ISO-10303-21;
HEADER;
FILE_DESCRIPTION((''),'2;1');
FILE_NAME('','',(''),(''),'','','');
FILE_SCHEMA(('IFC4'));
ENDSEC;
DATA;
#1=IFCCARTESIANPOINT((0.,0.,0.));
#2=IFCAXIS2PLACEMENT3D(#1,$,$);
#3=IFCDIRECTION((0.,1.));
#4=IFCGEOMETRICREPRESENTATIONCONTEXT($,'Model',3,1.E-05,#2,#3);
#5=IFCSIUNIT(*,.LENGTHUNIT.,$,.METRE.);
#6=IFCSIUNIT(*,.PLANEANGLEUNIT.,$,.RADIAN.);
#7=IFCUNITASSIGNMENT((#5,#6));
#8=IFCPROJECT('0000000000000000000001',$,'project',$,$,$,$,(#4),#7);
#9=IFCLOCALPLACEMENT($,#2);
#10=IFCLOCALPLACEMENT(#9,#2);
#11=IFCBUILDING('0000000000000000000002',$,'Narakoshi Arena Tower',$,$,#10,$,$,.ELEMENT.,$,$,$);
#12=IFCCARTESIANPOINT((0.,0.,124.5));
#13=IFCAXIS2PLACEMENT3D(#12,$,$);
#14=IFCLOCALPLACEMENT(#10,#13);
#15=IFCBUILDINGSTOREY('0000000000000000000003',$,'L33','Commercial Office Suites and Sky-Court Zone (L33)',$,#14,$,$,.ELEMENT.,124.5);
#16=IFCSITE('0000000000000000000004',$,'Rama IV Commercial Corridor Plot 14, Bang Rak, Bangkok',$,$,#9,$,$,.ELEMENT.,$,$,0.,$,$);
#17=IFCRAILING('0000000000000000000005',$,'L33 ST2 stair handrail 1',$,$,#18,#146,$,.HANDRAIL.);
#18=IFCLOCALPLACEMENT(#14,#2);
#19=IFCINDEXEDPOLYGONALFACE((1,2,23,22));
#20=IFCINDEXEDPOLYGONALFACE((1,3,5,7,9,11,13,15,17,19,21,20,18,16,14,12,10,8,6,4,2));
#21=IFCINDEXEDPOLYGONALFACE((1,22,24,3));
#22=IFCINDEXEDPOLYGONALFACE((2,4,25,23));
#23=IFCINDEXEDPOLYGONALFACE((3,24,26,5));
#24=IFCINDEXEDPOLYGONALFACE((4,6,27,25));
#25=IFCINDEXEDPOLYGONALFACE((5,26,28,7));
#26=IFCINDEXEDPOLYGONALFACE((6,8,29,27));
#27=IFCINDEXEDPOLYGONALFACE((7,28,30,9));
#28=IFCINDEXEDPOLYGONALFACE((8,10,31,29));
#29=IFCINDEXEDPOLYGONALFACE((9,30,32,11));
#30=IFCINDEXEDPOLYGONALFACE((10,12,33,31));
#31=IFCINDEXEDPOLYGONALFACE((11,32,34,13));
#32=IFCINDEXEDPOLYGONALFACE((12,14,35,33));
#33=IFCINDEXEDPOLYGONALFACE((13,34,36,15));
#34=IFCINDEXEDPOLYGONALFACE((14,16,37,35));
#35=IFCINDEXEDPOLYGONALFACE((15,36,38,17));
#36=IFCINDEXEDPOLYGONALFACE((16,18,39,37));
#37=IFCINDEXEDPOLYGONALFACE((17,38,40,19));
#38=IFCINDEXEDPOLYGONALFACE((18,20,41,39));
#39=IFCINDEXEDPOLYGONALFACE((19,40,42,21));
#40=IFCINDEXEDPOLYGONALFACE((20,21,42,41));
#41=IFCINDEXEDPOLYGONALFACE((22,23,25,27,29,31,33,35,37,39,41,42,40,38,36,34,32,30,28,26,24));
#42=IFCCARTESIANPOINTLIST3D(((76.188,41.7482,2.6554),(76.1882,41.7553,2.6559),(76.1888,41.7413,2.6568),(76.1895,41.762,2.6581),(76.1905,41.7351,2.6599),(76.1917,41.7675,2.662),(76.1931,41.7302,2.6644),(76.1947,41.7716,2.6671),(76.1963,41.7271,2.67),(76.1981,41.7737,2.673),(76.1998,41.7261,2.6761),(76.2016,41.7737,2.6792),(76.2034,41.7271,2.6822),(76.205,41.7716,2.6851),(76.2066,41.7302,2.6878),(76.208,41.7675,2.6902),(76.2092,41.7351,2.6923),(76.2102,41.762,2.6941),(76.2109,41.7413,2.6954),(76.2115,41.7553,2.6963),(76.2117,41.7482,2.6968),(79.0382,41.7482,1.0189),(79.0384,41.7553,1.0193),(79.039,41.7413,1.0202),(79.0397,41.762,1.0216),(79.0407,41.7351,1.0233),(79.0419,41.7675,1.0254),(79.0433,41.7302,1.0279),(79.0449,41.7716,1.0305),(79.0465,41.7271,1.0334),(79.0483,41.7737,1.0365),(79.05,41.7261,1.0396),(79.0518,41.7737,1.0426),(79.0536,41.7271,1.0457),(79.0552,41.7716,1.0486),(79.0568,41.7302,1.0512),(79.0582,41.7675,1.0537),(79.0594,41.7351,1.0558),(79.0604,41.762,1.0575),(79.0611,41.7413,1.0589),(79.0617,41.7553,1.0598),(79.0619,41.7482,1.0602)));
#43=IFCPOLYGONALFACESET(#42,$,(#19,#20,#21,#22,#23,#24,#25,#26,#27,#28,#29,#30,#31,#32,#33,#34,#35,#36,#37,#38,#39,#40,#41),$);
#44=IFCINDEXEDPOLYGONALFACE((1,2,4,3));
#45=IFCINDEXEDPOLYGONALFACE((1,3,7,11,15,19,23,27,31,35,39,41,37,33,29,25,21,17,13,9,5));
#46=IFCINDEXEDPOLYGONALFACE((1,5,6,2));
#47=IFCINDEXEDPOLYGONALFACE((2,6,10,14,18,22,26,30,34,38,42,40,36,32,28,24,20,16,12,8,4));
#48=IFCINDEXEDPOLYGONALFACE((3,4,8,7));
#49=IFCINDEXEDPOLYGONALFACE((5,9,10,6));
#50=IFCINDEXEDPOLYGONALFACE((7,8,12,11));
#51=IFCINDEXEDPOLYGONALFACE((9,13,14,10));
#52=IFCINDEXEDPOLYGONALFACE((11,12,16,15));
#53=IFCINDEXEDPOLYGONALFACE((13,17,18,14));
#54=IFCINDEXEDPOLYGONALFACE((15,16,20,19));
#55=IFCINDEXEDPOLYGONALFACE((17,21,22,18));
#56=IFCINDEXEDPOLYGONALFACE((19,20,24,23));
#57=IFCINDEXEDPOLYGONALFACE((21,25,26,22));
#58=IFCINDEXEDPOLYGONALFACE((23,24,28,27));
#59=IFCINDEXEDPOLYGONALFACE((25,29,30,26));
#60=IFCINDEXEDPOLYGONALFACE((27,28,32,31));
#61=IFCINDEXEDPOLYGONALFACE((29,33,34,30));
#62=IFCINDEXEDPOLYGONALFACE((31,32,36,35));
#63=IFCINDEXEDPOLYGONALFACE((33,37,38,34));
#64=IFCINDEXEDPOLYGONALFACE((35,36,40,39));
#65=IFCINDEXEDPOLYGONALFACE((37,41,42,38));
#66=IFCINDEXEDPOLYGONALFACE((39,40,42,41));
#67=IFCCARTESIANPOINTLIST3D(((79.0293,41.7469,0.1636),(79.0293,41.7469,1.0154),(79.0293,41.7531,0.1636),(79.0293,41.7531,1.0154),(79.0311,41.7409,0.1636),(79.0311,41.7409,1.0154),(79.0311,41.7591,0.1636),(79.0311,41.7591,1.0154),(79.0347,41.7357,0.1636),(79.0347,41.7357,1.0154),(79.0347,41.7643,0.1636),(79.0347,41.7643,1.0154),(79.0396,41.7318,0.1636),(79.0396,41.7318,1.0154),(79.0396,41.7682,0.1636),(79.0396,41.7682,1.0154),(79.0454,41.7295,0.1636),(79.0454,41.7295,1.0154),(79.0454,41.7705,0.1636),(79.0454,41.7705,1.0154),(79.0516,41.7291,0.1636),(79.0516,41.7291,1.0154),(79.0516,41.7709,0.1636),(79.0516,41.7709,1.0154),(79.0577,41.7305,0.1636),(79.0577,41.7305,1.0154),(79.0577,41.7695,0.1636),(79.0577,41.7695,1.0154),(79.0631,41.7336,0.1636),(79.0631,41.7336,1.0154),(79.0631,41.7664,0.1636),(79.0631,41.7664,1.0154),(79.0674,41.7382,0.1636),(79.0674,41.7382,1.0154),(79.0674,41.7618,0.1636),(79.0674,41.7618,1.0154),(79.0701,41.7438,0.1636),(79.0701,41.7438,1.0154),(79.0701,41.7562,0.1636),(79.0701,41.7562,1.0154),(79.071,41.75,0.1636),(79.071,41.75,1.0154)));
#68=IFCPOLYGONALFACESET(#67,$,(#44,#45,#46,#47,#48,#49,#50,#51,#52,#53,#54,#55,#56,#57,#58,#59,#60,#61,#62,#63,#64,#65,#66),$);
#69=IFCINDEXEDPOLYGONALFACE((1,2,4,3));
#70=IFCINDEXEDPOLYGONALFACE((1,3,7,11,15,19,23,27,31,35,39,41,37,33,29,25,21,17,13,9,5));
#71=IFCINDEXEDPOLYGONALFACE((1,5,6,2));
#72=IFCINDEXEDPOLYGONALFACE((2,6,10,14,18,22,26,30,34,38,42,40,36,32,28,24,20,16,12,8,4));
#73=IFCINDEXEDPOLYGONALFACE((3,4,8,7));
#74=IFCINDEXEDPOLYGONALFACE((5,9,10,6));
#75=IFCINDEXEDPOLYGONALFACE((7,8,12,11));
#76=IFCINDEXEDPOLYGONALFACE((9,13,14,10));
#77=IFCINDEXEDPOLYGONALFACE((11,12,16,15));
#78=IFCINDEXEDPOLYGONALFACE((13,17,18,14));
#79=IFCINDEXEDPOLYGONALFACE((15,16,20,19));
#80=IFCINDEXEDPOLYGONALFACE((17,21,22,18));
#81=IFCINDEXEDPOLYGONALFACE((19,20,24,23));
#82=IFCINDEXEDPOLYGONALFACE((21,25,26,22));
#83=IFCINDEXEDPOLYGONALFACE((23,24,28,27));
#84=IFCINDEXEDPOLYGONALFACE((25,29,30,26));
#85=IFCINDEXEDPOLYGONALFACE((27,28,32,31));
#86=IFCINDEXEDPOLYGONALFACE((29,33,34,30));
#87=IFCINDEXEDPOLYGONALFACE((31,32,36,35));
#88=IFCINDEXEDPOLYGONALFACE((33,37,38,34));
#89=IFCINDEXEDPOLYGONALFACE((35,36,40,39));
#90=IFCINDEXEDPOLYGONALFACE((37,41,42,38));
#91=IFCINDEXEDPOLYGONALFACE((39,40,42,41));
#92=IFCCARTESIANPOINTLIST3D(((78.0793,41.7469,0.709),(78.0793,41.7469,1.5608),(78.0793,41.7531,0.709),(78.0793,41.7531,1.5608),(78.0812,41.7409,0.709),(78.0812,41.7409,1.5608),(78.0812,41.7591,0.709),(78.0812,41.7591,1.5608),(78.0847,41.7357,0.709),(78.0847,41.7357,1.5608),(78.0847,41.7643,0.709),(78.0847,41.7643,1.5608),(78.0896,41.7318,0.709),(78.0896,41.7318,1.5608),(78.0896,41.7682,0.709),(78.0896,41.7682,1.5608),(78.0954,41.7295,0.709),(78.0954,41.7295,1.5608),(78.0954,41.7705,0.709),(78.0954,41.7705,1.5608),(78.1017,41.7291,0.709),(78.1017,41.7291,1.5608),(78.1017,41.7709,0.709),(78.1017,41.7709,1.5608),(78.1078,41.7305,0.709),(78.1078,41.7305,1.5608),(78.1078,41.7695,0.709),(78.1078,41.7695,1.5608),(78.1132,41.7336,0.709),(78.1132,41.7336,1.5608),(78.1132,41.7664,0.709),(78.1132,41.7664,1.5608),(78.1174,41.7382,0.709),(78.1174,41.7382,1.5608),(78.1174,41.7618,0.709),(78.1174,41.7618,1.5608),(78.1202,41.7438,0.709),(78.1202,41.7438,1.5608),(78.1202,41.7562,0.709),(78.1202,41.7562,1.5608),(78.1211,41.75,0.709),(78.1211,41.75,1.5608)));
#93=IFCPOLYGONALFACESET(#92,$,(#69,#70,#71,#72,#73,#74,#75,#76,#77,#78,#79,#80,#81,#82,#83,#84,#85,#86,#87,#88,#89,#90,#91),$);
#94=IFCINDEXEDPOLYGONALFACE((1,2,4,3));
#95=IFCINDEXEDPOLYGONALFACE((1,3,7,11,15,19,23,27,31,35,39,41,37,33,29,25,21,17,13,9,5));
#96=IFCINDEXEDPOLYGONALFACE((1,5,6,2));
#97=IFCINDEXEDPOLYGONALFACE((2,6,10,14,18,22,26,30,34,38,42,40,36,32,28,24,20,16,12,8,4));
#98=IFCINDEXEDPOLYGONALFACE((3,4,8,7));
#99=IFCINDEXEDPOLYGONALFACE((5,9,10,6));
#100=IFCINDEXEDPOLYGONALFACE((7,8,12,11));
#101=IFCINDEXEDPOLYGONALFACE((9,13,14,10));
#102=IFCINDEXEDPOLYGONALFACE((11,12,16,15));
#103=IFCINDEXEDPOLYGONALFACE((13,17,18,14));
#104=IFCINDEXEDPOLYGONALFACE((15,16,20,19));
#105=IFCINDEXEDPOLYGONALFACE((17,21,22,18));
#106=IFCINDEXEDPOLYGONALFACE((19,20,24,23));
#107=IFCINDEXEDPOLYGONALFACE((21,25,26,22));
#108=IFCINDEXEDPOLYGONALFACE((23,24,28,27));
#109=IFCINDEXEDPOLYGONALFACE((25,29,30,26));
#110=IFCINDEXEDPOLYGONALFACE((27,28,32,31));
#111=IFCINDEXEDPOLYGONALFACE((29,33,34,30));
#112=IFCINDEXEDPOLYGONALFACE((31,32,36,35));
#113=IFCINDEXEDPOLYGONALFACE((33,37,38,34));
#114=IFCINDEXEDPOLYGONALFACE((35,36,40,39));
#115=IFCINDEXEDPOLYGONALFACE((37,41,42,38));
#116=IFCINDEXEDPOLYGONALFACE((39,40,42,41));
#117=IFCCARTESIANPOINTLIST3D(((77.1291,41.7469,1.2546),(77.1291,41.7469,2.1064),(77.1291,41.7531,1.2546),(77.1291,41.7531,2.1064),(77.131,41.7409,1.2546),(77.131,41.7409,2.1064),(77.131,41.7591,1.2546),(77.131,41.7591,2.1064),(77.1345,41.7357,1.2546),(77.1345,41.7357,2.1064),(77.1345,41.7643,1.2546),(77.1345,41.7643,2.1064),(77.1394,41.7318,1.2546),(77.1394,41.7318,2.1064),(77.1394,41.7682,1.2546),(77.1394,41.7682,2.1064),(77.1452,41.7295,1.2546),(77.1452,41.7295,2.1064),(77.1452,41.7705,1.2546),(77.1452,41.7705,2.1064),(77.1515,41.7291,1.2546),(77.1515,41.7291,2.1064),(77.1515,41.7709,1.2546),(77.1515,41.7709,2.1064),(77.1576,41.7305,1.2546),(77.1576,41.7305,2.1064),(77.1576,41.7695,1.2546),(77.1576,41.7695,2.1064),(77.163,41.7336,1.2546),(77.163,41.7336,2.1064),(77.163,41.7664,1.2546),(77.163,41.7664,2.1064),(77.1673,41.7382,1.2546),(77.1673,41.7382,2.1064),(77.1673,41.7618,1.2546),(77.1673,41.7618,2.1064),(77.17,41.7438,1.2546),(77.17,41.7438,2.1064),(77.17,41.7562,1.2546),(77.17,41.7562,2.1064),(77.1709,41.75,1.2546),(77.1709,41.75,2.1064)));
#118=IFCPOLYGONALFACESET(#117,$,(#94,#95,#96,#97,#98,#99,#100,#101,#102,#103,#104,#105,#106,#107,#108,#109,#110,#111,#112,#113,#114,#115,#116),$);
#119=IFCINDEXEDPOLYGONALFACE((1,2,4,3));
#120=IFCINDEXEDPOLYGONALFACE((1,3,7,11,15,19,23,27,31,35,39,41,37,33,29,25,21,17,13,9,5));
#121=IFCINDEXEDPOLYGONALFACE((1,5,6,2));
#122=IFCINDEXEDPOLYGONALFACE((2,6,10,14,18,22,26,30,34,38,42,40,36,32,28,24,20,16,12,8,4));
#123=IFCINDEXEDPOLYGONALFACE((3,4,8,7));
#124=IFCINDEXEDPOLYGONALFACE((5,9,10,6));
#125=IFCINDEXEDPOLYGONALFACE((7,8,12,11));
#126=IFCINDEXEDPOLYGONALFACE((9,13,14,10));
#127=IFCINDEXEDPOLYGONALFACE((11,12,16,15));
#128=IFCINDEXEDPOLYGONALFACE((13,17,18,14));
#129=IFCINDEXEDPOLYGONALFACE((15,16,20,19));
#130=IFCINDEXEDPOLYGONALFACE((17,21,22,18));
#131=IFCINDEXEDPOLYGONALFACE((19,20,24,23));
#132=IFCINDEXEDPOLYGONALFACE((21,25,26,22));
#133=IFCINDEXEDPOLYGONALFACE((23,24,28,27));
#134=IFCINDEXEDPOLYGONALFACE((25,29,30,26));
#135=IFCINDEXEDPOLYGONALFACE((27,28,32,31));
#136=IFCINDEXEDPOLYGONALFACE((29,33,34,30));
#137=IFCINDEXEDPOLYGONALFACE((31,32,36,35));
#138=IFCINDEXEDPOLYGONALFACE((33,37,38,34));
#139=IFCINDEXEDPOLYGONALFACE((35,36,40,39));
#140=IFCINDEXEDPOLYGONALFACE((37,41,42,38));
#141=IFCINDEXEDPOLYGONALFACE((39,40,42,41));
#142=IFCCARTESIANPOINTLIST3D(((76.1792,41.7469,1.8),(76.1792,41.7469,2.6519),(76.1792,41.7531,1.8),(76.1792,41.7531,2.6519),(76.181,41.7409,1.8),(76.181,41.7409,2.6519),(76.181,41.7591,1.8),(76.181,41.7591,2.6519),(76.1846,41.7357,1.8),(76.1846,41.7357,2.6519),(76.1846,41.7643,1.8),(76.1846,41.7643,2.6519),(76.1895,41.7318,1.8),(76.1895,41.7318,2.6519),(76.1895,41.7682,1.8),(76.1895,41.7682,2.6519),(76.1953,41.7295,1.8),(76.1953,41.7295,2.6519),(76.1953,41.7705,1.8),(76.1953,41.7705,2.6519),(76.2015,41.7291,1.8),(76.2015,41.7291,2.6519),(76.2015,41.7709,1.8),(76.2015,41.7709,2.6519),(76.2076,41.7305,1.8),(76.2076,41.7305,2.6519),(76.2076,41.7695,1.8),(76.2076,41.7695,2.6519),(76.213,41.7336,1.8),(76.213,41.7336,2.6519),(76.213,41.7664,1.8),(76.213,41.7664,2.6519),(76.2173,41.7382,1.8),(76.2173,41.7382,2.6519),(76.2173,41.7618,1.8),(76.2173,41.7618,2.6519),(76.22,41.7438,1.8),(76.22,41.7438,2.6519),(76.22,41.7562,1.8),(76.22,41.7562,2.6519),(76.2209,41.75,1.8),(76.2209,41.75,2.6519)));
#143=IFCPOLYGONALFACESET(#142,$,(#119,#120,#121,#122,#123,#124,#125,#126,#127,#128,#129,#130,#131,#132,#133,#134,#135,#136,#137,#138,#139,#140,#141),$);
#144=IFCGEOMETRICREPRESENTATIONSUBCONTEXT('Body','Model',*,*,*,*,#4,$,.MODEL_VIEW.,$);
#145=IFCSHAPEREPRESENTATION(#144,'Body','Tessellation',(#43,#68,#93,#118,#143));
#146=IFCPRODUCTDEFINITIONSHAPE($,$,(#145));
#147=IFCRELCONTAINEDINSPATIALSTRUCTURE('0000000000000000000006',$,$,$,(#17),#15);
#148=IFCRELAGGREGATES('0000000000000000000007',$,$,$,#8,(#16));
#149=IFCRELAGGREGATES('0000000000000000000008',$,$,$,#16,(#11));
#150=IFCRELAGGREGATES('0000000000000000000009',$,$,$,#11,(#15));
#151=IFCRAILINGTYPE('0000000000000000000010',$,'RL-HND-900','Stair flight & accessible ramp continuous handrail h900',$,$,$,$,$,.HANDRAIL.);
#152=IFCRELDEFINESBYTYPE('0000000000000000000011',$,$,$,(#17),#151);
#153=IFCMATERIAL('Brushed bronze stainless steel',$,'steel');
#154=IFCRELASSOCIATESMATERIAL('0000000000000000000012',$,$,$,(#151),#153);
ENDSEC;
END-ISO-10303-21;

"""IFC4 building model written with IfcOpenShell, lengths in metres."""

from ifc_helpers import new_model, si_unit, direction, frame, origin, origin_2d, place, context, subcontext, project, spatial, circle, extrude, material, type_object, element, save


model = new_model("IFC4")

# Units and contexts
model_context = context("Model", 3, precision=1e-05, world=origin(), true_north=direction((0.0, 1.0)))
body_context = subcontext(model_context, "Body", "Model", "MODEL_VIEW")
ifc_project = project(units=[si_unit("LENGTHUNIT", "METRE"), si_unit("PLANEANGLEUNIT", "RADIAN")], contexts=[model_context])

# Site, building, storey
site_placement = place(None, origin())
site = spatial("IfcSite", under=ifc_project, at=site_placement, Name="Rama IV Commercial Corridor Plot 14, Bang Rak, Bangkok", CompositionType="ELEMENT", RefElevation=0.0)
building_placement = place(site_placement, origin())
building = spatial("IfcBuilding", under=site, at=building_placement, Name="Narakoshi Arena Tower", CompositionType="ELEMENT")
storey_placement = place(building_placement, frame((0.0, 0.0, 124.5)))
storey = spatial("IfcBuildingStorey", under=building, at=storey_placement, Name="L33", Description="Commercial Office Suites and Sky-Court Zone (L33)", CompositionType="ELEMENT", Elevation=124.5)

# Railing
ifc_material_1 = material(Name="Brushed bronze stainless steel", Category="steel")
railing_type_1 = type_object("IfcRailingType", Name="RL-HND-900", Description="Stair flight & accessible ramp continuous handrail h900", PredefinedType="HANDRAIL", material=ifc_material_1)
for number, where, name in (
    (1, (79.05, 41.75, 0.1636), "L33 ST2 stair handrail 1"),
):
    element("IfcRailing", number, at=place(storey_placement, frame(where)), inside=storey, type_object=railing_type_1, Name=name, PredefinedType="HANDRAIL", context=body_context, shape_type="SweptSolid", body=[
        extrude(circle(Radius=0.0239, at=origin_2d()), frame((0.0, 0.0, 0.876), z_axis=(-0.867213, 0.0, 0.497938), x_axis=(0.0, -1.0, 0.0)), (0.0, 0.0, 1.0), 3.2866),
        extrude(circle(Radius=0.021, at=origin_2d()), origin(), (0.0, 0.0, 1.0), 0.8518),
        extrude(circle(Radius=0.021, at=origin_2d()), frame((-0.95, 0.0, 0.5454)), (0.0, 0.0, 1.0), 0.8518),
        extrude(circle(Radius=0.021, at=origin_2d()), frame((-1.9001, 0.0, 1.0911)), (0.0, 0.0, 1.0), 0.8518),
        extrude(circle(Radius=0.021, at=origin_2d()), frame((-2.8501, 0.0, 1.6365)), (0.0, 0.0, 1.0), 0.8518),
    ])

save(model, "model.ifc")
